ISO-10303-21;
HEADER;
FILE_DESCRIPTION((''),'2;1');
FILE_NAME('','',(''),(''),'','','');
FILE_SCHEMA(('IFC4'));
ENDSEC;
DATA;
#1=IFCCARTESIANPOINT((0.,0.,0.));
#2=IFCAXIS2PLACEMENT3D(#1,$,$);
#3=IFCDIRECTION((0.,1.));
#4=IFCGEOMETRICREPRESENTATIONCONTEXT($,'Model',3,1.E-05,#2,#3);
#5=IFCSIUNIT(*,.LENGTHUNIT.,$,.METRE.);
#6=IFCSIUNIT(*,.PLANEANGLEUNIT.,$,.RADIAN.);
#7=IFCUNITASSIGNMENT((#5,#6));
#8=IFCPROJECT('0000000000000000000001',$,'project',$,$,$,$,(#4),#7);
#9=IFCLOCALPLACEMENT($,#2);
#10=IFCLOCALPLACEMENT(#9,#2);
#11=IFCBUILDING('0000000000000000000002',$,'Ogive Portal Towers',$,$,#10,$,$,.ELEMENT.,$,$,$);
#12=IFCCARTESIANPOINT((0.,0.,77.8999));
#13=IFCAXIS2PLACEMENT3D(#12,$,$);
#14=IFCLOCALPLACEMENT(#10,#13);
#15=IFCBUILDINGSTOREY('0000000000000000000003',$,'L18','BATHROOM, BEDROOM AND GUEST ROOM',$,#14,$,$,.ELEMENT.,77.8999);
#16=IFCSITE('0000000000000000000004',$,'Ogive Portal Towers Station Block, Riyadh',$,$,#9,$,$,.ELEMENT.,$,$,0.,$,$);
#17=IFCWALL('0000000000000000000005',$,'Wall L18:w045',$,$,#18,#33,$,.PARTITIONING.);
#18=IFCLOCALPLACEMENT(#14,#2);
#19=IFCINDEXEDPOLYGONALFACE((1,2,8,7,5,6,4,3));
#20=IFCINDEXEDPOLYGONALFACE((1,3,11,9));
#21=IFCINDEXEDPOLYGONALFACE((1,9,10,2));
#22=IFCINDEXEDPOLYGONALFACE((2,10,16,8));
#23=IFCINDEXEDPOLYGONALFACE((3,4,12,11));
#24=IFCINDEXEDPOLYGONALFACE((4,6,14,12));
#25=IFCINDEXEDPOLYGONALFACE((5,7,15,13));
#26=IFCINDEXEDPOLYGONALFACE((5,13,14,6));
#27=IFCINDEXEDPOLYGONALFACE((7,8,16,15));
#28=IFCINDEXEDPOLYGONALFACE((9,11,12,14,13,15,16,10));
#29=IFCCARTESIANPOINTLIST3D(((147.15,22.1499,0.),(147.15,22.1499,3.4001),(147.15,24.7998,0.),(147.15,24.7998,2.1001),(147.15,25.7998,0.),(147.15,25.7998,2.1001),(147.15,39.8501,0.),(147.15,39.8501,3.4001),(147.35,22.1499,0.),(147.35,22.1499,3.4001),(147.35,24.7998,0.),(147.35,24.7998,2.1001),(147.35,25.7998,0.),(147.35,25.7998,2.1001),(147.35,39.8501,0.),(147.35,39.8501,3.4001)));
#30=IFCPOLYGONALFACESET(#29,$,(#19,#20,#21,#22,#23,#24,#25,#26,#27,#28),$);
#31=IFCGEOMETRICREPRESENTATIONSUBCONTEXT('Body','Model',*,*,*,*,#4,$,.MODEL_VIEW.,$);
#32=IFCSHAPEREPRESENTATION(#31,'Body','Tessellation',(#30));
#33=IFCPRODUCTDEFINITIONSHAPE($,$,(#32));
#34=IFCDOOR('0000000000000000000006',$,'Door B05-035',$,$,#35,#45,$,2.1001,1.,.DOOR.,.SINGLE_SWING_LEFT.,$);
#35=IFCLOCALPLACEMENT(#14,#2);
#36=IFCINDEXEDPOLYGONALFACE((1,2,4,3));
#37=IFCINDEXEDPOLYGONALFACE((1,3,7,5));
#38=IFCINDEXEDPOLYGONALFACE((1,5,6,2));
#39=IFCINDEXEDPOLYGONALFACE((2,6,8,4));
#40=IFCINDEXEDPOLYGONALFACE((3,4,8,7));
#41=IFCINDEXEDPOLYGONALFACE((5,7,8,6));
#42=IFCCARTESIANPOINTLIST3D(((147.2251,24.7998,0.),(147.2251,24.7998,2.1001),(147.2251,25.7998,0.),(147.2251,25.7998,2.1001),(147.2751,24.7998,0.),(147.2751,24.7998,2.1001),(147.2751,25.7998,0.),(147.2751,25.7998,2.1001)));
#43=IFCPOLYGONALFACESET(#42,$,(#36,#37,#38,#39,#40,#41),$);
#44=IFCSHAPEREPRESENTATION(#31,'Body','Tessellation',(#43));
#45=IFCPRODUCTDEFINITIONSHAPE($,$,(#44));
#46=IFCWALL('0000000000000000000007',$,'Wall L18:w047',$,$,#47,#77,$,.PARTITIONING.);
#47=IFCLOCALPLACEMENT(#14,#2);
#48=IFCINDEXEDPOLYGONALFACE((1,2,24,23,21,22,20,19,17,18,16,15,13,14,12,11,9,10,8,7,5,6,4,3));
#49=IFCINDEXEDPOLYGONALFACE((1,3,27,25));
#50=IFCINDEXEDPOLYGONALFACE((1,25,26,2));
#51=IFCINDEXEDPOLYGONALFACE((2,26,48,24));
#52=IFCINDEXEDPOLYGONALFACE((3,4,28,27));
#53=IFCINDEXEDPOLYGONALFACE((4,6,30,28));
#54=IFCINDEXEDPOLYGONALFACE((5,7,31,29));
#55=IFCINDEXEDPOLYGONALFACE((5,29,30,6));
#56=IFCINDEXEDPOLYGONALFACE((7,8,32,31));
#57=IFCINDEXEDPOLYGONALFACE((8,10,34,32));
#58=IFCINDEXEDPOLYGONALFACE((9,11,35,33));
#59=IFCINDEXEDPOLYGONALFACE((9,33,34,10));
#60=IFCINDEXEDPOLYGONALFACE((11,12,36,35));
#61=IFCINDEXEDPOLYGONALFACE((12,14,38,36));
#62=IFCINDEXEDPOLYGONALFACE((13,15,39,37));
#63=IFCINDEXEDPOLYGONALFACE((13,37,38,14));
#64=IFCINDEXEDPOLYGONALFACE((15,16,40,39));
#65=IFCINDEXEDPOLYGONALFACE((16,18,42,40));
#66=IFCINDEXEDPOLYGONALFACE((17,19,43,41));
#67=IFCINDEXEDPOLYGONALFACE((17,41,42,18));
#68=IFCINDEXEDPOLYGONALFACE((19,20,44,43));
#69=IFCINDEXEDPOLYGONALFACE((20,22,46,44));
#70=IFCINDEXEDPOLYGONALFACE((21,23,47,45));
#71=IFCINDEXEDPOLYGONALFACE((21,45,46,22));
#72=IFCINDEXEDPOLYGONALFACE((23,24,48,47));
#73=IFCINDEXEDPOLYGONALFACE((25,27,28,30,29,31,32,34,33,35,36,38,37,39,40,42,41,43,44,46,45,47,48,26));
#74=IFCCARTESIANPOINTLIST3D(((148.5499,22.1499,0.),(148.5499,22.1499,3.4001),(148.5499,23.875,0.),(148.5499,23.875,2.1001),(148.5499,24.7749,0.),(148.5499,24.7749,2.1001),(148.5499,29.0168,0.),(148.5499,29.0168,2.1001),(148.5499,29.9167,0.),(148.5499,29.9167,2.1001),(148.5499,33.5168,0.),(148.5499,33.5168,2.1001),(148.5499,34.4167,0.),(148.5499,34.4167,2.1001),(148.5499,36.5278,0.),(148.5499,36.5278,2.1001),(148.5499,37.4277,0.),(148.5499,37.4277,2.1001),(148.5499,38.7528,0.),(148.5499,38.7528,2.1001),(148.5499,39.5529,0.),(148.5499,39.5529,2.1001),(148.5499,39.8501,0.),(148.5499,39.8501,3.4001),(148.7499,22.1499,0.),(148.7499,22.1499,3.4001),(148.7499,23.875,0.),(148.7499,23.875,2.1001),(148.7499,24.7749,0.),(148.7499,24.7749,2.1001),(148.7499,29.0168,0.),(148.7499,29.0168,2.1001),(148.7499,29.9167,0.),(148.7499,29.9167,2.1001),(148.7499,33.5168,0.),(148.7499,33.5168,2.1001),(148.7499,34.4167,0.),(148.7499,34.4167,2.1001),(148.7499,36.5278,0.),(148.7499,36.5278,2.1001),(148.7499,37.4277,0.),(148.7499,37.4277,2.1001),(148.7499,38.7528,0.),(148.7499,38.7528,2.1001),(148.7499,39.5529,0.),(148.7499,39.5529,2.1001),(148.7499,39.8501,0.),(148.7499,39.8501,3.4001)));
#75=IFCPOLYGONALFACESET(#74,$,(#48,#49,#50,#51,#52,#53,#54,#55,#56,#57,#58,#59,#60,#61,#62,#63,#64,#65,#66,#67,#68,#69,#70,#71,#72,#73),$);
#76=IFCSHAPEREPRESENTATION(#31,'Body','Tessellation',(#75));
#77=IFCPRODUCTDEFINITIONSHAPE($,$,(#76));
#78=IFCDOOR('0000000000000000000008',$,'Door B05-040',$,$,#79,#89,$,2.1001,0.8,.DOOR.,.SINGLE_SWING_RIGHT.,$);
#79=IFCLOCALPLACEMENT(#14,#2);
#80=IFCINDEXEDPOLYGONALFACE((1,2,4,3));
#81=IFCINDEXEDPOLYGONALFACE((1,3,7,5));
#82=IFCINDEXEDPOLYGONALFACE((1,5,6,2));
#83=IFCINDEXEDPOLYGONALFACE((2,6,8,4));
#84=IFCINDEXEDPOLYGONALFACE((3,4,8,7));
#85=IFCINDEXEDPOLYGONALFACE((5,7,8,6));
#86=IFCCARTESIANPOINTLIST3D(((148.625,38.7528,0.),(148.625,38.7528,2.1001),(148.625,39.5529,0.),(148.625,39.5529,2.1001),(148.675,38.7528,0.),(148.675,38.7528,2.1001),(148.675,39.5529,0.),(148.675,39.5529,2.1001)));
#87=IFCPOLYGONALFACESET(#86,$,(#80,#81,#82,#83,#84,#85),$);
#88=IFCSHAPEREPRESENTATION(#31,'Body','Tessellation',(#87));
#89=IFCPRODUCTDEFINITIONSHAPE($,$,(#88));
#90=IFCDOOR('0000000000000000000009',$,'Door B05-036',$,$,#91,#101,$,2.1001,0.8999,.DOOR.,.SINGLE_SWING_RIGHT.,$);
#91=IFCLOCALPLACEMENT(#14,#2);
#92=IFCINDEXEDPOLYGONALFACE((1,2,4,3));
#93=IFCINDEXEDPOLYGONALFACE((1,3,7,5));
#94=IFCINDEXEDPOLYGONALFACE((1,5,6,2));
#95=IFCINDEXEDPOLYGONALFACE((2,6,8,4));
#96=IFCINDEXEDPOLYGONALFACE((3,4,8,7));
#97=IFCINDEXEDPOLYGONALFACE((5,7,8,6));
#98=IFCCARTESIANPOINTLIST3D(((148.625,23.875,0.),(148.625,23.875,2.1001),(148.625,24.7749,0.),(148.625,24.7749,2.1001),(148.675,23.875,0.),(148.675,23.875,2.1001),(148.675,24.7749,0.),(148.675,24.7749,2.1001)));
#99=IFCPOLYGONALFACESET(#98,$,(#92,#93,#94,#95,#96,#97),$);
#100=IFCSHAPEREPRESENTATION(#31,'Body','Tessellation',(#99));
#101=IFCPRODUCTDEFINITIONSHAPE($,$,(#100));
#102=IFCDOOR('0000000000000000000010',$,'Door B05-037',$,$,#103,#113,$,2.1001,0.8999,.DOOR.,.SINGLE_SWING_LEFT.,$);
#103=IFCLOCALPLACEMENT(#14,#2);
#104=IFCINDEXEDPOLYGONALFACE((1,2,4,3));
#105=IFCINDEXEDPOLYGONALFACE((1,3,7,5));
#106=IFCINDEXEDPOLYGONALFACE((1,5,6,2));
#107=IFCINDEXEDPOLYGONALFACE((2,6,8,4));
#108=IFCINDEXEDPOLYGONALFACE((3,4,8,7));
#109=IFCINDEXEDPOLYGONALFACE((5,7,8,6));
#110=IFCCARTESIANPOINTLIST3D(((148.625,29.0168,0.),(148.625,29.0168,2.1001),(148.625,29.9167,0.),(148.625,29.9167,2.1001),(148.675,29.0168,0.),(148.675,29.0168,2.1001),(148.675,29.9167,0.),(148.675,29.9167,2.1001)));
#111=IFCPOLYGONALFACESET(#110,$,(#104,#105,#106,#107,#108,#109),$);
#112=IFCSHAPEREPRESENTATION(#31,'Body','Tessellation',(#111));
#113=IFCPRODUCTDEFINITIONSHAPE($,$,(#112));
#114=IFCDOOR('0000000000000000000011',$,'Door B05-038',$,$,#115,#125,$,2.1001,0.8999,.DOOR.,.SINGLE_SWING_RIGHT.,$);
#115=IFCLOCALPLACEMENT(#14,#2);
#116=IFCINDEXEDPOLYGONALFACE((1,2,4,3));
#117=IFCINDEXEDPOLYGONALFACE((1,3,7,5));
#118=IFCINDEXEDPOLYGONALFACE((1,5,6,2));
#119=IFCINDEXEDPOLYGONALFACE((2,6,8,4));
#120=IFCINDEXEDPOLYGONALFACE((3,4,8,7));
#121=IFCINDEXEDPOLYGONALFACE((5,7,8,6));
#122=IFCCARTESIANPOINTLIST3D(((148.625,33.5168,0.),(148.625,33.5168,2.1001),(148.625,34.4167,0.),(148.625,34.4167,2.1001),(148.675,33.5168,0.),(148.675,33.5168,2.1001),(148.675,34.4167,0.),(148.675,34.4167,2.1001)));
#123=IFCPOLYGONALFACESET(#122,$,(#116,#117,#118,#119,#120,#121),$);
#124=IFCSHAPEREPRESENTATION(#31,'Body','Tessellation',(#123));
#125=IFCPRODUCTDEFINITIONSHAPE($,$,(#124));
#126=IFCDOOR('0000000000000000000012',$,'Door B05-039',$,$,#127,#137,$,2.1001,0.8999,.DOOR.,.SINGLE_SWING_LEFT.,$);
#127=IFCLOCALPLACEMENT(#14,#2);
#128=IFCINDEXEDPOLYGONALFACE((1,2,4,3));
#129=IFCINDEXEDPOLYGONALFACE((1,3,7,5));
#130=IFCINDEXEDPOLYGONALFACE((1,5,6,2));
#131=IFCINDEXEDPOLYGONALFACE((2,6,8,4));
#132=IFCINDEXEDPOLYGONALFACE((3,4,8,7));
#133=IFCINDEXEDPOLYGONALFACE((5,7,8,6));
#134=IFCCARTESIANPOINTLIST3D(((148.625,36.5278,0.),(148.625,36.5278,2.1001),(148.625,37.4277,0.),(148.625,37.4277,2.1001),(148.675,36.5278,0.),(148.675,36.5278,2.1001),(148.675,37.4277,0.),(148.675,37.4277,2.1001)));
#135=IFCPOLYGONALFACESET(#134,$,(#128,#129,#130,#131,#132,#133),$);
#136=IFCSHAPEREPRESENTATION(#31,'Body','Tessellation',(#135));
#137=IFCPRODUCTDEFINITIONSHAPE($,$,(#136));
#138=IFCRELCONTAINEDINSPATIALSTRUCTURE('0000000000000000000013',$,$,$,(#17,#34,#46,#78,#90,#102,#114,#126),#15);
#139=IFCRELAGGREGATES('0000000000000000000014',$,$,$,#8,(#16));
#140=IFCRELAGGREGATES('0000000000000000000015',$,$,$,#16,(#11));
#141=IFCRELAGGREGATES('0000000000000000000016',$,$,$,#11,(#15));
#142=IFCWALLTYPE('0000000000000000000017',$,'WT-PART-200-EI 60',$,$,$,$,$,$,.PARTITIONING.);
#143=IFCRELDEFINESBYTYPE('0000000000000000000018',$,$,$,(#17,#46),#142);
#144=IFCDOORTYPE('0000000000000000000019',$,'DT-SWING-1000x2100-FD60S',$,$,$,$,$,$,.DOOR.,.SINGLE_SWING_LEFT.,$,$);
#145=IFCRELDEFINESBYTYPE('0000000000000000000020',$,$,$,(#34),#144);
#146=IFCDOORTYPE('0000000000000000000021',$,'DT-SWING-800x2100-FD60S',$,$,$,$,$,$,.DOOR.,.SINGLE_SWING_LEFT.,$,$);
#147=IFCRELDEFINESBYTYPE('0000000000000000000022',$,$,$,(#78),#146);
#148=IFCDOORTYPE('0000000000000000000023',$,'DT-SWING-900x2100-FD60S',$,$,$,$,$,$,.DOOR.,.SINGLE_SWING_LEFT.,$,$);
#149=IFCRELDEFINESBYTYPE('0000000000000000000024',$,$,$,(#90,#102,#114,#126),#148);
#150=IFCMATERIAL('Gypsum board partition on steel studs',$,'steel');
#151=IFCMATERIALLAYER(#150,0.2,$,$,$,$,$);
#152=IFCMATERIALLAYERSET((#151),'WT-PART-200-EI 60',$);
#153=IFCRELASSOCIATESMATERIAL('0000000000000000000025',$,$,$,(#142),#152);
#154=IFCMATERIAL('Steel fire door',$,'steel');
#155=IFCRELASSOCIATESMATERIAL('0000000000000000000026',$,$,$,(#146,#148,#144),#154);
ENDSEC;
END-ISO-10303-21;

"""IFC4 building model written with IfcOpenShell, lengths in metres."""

from ifc_helpers import new_model, si_unit, direction, frame, frame_2d, origin, place, context, subcontext, project, spatial, rectangle, extrude, material, layer, layer_set, type_object, element, fill, save


model = new_model("IFC4")

# Units and contexts
model_context = context("Model", 3, precision=1e-05, world=origin(), true_north=direction((0.0, 1.0)))
body_context = subcontext(model_context, "Body", "Model", "MODEL_VIEW")
ifc_project = project(units=[si_unit("LENGTHUNIT", "METRE"), si_unit("PLANEANGLEUNIT", "RADIAN")], contexts=[model_context])

# Site, building, storey
site_placement = place(None, origin())
site = spatial("IfcSite", under=ifc_project, at=site_placement, Name="Ogive Portal Towers Station Block, Riyadh", CompositionType="ELEMENT", RefElevation=0.0)
building_placement = place(site_placement, origin())
building = spatial("IfcBuilding", under=site, at=building_placement, Name="Ogive Portal Towers", CompositionType="ELEMENT")
storey_placement = place(building_placement, frame((0.0, 0.0, 77.8999)))
storey = spatial("IfcBuildingStorey", under=building, at=storey_placement, Name="L18", Description="BATHROOM, BEDROOM AND GUEST ROOM", CompositionType="ELEMENT", Elevation=77.8999)

# Shared definitions
ifc_material_1 = material(Name="Gypsum board partition on steel studs", Category="steel")
ifc_layer_1 = layer(ifc_material_1, 0.2)
ifc_layer_set_1 = layer_set([ifc_layer_1], Name="WT-PART-200-EI 60")
wall_type_1 = type_object("IfcWallType", Name="WT-PART-200-EI 60", PredefinedType="PARTITIONING", material=ifc_layer_set_1)
ifc_material_2 = material(Name="Steel fire door", Category="steel")
door_type_1 = type_object("IfcDoorType", Name="DT-SWING-800x2100-FD60S", OperationType="SINGLE_SWING_LEFT", PredefinedType="DOOR", material=ifc_material_2)
door_type_2 = type_object("IfcDoorType", Name="DT-SWING-900x2100-FD60S", OperationType="SINGLE_SWING_LEFT", PredefinedType="DOOR", material=ifc_material_2)

# Wall, opening, door
wall_1_placement = place(storey_placement, frame((147.25, 22.1499, 0.0), z_axis=(0.0, 0.0, 1.0), x_axis=(0.0, 1.0, 0.0)))
wall_1 = element("IfcWall", 1, at=wall_1_placement, inside=storey, type_object=wall_type_1, Name="Wall L18:w045", PredefinedType="PARTITIONING", context=body_context, shape_type="SweptSolid", body=[
    extrude(rectangle(XDim=17.7002, YDim=0.2, at=frame_2d((8.8501, 0.0))), origin(), (0.0, 0.0, 1.0), 3.4001),
])
opening_1_placement = place(wall_1_placement, frame((2.6499, 0.0, 0.0)))
opening_1 = element("IfcOpeningElement", 2, at=opening_1_placement, cuts=wall_1, PredefinedType="OPENING", context=body_context, shape_type="SweptSolid", body=[
    extrude(rectangle(XDim=1.0, YDim=2.1001, at=frame_2d((0.5, 1.05))), frame((0.0, 0.1099, 0.0), z_axis=(0.0, -1.0, 0.0), x_axis=(1.0, 0.0, 0.0)), (0.0, 0.0, 1.0), 0.22),
])
door_type_3 = type_object("IfcDoorType", Name="DT-SWING-1000x2100-FD60S", OperationType="SINGLE_SWING_LEFT", PredefinedType="DOOR", material=ifc_material_2)
door_1_placement = place(opening_1_placement, origin())
door_1 = element("IfcDoor", 3, at=door_1_placement, inside=storey, type_object=door_type_3, Name="Door B05-035", OperationType="SINGLE_SWING_LEFT", OverallHeight=2.1001, OverallWidth=1.0, PredefinedType="DOOR", context=body_context, shape_type="SweptSolid", body=[
    extrude(rectangle(XDim=1.0, YDim=2.1001, at=frame_2d((0.5, 1.05))), frame((0.0, 0.0249, 0.0), z_axis=(0.0, -1.0, 0.0), x_axis=(1.0, 0.0, 0.0)), (0.0, 0.0, 1.0), 0.05),
])
fill(opening_1, door_1)

# Wall, openings, doors
wall_2_placement = place(storey_placement, frame((148.6499, 22.1499, 0.0), z_axis=(0.0, 0.0, 1.0), x_axis=(0.0, 1.0, 0.0)))
wall_2 = element("IfcWall", 4, at=wall_2_placement, inside=storey, type_object=wall_type_1, Name="Wall L18:w047", PredefinedType="PARTITIONING", context=body_context, shape_type="SweptSolid", body=[
    extrude(rectangle(XDim=17.7002, YDim=0.2, at=frame_2d((8.8501, 0.0))), origin(), (0.0, 0.0, 1.0), 3.4001),
])
opening_2_placement = place(wall_2_placement, frame((1.7251, 0.0, 0.0)))
opening_2 = element("IfcOpeningElement", 5, at=opening_2_placement, cuts=wall_2, PredefinedType="OPENING", context=body_context, shape_type="SweptSolid", body=[
    extrude(rectangle(XDim=0.8999, YDim=2.1001, at=frame_2d((0.45, 1.05))), frame((0.0, 0.1099, 0.0), z_axis=(0.0, -1.0, 0.0), x_axis=(1.0, 0.0, 0.0)), (0.0, 0.0, 1.0), 0.22),
])
opening_3_placement = place(wall_2_placement, frame((6.8669, 0.0, 0.0)))
opening_3 = element("IfcOpeningElement", 6, at=opening_3_placement, cuts=wall_2, PredefinedType="OPENING", context=body_context, shape_type="SweptSolid", body=[
    extrude(rectangle(XDim=0.8999, YDim=2.1001, at=frame_2d((0.45, 1.05))), frame((0.0, 0.1099, 0.0), z_axis=(0.0, -1.0, 0.0), x_axis=(1.0, 0.0, 0.0)), (0.0, 0.0, 1.0), 0.22),
])
opening_4_placement = place(wall_2_placement, frame((11.3669, 0.0, 0.0)))
opening_4 = element("IfcOpeningElement", 7, at=opening_4_placement, cuts=wall_2, PredefinedType="OPENING", context=body_context, shape_type="SweptSolid", body=[
    extrude(rectangle(XDim=0.8999, YDim=2.1001, at=frame_2d((0.45, 1.05))), frame((0.0, 0.1099, 0.0), z_axis=(0.0, -1.0, 0.0), x_axis=(1.0, 0.0, 0.0)), (0.0, 0.0, 1.0), 0.22),
])
opening_5_placement = place(wall_2_placement, frame((14.3779, 0.0, 0.0)))
opening_5 = element("IfcOpeningElement", 8, at=opening_5_placement, cuts=wall_2, PredefinedType="OPENING", context=body_context, shape_type="SweptSolid", body=[
    extrude(rectangle(XDim=0.8999, YDim=2.1001, at=frame_2d((0.45, 1.05))), frame((0.0, 0.1099, 0.0), z_axis=(0.0, -1.0, 0.0), x_axis=(1.0, 0.0, 0.0)), (0.0, 0.0, 1.0), 0.22),
])
opening_6_placement = place(wall_2_placement, frame((16.603, 0.0, 0.0)))
opening_6 = element("IfcOpeningElement", 9, at=opening_6_placement, cuts=wall_2, PredefinedType="OPENING", context=body_context, shape_type="SweptSolid", body=[
    extrude(rectangle(XDim=0.8, YDim=2.1001, at=frame_2d((0.3999, 1.05))), frame((0.0, 0.1099, 0.0), z_axis=(0.0, -1.0, 0.0), x_axis=(1.0, 0.0, 0.0)), (0.0, 0.0, 1.0), 0.22),
])
door_2_placement = place(opening_6_placement, origin())
door_2 = element("IfcDoor", 10, at=door_2_placement, inside=storey, type_object=door_type_1, Name="Door B05-040", OperationType="SINGLE_SWING_RIGHT", OverallHeight=2.1001, OverallWidth=0.8, PredefinedType="DOOR", context=body_context, shape_type="SweptSolid", body=[
    extrude(rectangle(XDim=0.8, YDim=2.1001, at=frame_2d((0.3999, 1.05))), frame((0.0, 0.0249, 0.0), z_axis=(0.0, -1.0, 0.0), x_axis=(1.0, 0.0, 0.0)), (0.0, 0.0, 1.0), 0.05),
])
fill(opening_6, door_2)
door_3_placement = place(opening_2_placement, origin())
door_3 = element("IfcDoor", 11, at=door_3_placement, inside=storey, type_object=door_type_2, Name="Door B05-036", OperationType="SINGLE_SWING_RIGHT", OverallHeight=2.1001, OverallWidth=0.8999, PredefinedType="DOOR", context=body_context, shape_type="SweptSolid", body=[
    extrude(rectangle(XDim=0.8999, YDim=2.1001, at=frame_2d((0.45, 1.05))), frame((0.0, 0.0249, 0.0), z_axis=(0.0, -1.0, 0.0), x_axis=(1.0, 0.0, 0.0)), (0.0, 0.0, 1.0), 0.05),
])
fill(opening_2, door_3)
door_4_placement = place(opening_3_placement, origin())
door_4 = element("IfcDoor", 12, at=door_4_placement, inside=storey, type_object=door_type_2, Name="Door B05-037", OperationType="SINGLE_SWING_LEFT", OverallHeight=2.1001, OverallWidth=0.8999, PredefinedType="DOOR", context=body_context, shape_type="SweptSolid", body=[
    extrude(rectangle(XDim=0.8999, YDim=2.1001, at=frame_2d((0.45, 1.05))), frame((0.0, 0.0249, 0.0), z_axis=(0.0, -1.0, 0.0), x_axis=(1.0, 0.0, 0.0)), (0.0, 0.0, 1.0), 0.05),
])
fill(opening_3, door_4)
door_5_placement = place(opening_4_placement, origin())
door_5 = element("IfcDoor", 13, at=door_5_placement, inside=storey, type_object=door_type_2, Name="Door B05-038", OperationType="SINGLE_SWING_RIGHT", OverallHeight=2.1001, OverallWidth=0.8999, PredefinedType="DOOR", context=body_context, shape_type="SweptSolid", body=[
    extrude(rectangle(XDim=0.8999, YDim=2.1001, at=frame_2d((0.45, 1.05))), frame((0.0, 0.0249, 0.0), z_axis=(0.0, -1.0, 0.0), x_axis=(1.0, 0.0, 0.0)), (0.0, 0.0, 1.0), 0.05),
])
fill(opening_4, door_5)
door_6_placement = place(opening_5_placement, origin())
door_6 = element("IfcDoor", 14, at=door_6_placement, inside=storey, type_object=door_type_2, Name="Door B05-039", OperationType="SINGLE_SWING_LEFT", OverallHeight=2.1001, OverallWidth=0.8999, PredefinedType="DOOR", context=body_context, shape_type="SweptSolid", body=[
    extrude(rectangle(XDim=0.8999, YDim=2.1001, at=frame_2d((0.45, 1.05))), frame((0.0, 0.0249, 0.0), z_axis=(0.0, -1.0, 0.0), x_axis=(1.0, 0.0, 0.0)), (0.0, 0.0, 1.0), 0.05),
])
fill(opening_5, door_6)

save(model, "model.ifc")
